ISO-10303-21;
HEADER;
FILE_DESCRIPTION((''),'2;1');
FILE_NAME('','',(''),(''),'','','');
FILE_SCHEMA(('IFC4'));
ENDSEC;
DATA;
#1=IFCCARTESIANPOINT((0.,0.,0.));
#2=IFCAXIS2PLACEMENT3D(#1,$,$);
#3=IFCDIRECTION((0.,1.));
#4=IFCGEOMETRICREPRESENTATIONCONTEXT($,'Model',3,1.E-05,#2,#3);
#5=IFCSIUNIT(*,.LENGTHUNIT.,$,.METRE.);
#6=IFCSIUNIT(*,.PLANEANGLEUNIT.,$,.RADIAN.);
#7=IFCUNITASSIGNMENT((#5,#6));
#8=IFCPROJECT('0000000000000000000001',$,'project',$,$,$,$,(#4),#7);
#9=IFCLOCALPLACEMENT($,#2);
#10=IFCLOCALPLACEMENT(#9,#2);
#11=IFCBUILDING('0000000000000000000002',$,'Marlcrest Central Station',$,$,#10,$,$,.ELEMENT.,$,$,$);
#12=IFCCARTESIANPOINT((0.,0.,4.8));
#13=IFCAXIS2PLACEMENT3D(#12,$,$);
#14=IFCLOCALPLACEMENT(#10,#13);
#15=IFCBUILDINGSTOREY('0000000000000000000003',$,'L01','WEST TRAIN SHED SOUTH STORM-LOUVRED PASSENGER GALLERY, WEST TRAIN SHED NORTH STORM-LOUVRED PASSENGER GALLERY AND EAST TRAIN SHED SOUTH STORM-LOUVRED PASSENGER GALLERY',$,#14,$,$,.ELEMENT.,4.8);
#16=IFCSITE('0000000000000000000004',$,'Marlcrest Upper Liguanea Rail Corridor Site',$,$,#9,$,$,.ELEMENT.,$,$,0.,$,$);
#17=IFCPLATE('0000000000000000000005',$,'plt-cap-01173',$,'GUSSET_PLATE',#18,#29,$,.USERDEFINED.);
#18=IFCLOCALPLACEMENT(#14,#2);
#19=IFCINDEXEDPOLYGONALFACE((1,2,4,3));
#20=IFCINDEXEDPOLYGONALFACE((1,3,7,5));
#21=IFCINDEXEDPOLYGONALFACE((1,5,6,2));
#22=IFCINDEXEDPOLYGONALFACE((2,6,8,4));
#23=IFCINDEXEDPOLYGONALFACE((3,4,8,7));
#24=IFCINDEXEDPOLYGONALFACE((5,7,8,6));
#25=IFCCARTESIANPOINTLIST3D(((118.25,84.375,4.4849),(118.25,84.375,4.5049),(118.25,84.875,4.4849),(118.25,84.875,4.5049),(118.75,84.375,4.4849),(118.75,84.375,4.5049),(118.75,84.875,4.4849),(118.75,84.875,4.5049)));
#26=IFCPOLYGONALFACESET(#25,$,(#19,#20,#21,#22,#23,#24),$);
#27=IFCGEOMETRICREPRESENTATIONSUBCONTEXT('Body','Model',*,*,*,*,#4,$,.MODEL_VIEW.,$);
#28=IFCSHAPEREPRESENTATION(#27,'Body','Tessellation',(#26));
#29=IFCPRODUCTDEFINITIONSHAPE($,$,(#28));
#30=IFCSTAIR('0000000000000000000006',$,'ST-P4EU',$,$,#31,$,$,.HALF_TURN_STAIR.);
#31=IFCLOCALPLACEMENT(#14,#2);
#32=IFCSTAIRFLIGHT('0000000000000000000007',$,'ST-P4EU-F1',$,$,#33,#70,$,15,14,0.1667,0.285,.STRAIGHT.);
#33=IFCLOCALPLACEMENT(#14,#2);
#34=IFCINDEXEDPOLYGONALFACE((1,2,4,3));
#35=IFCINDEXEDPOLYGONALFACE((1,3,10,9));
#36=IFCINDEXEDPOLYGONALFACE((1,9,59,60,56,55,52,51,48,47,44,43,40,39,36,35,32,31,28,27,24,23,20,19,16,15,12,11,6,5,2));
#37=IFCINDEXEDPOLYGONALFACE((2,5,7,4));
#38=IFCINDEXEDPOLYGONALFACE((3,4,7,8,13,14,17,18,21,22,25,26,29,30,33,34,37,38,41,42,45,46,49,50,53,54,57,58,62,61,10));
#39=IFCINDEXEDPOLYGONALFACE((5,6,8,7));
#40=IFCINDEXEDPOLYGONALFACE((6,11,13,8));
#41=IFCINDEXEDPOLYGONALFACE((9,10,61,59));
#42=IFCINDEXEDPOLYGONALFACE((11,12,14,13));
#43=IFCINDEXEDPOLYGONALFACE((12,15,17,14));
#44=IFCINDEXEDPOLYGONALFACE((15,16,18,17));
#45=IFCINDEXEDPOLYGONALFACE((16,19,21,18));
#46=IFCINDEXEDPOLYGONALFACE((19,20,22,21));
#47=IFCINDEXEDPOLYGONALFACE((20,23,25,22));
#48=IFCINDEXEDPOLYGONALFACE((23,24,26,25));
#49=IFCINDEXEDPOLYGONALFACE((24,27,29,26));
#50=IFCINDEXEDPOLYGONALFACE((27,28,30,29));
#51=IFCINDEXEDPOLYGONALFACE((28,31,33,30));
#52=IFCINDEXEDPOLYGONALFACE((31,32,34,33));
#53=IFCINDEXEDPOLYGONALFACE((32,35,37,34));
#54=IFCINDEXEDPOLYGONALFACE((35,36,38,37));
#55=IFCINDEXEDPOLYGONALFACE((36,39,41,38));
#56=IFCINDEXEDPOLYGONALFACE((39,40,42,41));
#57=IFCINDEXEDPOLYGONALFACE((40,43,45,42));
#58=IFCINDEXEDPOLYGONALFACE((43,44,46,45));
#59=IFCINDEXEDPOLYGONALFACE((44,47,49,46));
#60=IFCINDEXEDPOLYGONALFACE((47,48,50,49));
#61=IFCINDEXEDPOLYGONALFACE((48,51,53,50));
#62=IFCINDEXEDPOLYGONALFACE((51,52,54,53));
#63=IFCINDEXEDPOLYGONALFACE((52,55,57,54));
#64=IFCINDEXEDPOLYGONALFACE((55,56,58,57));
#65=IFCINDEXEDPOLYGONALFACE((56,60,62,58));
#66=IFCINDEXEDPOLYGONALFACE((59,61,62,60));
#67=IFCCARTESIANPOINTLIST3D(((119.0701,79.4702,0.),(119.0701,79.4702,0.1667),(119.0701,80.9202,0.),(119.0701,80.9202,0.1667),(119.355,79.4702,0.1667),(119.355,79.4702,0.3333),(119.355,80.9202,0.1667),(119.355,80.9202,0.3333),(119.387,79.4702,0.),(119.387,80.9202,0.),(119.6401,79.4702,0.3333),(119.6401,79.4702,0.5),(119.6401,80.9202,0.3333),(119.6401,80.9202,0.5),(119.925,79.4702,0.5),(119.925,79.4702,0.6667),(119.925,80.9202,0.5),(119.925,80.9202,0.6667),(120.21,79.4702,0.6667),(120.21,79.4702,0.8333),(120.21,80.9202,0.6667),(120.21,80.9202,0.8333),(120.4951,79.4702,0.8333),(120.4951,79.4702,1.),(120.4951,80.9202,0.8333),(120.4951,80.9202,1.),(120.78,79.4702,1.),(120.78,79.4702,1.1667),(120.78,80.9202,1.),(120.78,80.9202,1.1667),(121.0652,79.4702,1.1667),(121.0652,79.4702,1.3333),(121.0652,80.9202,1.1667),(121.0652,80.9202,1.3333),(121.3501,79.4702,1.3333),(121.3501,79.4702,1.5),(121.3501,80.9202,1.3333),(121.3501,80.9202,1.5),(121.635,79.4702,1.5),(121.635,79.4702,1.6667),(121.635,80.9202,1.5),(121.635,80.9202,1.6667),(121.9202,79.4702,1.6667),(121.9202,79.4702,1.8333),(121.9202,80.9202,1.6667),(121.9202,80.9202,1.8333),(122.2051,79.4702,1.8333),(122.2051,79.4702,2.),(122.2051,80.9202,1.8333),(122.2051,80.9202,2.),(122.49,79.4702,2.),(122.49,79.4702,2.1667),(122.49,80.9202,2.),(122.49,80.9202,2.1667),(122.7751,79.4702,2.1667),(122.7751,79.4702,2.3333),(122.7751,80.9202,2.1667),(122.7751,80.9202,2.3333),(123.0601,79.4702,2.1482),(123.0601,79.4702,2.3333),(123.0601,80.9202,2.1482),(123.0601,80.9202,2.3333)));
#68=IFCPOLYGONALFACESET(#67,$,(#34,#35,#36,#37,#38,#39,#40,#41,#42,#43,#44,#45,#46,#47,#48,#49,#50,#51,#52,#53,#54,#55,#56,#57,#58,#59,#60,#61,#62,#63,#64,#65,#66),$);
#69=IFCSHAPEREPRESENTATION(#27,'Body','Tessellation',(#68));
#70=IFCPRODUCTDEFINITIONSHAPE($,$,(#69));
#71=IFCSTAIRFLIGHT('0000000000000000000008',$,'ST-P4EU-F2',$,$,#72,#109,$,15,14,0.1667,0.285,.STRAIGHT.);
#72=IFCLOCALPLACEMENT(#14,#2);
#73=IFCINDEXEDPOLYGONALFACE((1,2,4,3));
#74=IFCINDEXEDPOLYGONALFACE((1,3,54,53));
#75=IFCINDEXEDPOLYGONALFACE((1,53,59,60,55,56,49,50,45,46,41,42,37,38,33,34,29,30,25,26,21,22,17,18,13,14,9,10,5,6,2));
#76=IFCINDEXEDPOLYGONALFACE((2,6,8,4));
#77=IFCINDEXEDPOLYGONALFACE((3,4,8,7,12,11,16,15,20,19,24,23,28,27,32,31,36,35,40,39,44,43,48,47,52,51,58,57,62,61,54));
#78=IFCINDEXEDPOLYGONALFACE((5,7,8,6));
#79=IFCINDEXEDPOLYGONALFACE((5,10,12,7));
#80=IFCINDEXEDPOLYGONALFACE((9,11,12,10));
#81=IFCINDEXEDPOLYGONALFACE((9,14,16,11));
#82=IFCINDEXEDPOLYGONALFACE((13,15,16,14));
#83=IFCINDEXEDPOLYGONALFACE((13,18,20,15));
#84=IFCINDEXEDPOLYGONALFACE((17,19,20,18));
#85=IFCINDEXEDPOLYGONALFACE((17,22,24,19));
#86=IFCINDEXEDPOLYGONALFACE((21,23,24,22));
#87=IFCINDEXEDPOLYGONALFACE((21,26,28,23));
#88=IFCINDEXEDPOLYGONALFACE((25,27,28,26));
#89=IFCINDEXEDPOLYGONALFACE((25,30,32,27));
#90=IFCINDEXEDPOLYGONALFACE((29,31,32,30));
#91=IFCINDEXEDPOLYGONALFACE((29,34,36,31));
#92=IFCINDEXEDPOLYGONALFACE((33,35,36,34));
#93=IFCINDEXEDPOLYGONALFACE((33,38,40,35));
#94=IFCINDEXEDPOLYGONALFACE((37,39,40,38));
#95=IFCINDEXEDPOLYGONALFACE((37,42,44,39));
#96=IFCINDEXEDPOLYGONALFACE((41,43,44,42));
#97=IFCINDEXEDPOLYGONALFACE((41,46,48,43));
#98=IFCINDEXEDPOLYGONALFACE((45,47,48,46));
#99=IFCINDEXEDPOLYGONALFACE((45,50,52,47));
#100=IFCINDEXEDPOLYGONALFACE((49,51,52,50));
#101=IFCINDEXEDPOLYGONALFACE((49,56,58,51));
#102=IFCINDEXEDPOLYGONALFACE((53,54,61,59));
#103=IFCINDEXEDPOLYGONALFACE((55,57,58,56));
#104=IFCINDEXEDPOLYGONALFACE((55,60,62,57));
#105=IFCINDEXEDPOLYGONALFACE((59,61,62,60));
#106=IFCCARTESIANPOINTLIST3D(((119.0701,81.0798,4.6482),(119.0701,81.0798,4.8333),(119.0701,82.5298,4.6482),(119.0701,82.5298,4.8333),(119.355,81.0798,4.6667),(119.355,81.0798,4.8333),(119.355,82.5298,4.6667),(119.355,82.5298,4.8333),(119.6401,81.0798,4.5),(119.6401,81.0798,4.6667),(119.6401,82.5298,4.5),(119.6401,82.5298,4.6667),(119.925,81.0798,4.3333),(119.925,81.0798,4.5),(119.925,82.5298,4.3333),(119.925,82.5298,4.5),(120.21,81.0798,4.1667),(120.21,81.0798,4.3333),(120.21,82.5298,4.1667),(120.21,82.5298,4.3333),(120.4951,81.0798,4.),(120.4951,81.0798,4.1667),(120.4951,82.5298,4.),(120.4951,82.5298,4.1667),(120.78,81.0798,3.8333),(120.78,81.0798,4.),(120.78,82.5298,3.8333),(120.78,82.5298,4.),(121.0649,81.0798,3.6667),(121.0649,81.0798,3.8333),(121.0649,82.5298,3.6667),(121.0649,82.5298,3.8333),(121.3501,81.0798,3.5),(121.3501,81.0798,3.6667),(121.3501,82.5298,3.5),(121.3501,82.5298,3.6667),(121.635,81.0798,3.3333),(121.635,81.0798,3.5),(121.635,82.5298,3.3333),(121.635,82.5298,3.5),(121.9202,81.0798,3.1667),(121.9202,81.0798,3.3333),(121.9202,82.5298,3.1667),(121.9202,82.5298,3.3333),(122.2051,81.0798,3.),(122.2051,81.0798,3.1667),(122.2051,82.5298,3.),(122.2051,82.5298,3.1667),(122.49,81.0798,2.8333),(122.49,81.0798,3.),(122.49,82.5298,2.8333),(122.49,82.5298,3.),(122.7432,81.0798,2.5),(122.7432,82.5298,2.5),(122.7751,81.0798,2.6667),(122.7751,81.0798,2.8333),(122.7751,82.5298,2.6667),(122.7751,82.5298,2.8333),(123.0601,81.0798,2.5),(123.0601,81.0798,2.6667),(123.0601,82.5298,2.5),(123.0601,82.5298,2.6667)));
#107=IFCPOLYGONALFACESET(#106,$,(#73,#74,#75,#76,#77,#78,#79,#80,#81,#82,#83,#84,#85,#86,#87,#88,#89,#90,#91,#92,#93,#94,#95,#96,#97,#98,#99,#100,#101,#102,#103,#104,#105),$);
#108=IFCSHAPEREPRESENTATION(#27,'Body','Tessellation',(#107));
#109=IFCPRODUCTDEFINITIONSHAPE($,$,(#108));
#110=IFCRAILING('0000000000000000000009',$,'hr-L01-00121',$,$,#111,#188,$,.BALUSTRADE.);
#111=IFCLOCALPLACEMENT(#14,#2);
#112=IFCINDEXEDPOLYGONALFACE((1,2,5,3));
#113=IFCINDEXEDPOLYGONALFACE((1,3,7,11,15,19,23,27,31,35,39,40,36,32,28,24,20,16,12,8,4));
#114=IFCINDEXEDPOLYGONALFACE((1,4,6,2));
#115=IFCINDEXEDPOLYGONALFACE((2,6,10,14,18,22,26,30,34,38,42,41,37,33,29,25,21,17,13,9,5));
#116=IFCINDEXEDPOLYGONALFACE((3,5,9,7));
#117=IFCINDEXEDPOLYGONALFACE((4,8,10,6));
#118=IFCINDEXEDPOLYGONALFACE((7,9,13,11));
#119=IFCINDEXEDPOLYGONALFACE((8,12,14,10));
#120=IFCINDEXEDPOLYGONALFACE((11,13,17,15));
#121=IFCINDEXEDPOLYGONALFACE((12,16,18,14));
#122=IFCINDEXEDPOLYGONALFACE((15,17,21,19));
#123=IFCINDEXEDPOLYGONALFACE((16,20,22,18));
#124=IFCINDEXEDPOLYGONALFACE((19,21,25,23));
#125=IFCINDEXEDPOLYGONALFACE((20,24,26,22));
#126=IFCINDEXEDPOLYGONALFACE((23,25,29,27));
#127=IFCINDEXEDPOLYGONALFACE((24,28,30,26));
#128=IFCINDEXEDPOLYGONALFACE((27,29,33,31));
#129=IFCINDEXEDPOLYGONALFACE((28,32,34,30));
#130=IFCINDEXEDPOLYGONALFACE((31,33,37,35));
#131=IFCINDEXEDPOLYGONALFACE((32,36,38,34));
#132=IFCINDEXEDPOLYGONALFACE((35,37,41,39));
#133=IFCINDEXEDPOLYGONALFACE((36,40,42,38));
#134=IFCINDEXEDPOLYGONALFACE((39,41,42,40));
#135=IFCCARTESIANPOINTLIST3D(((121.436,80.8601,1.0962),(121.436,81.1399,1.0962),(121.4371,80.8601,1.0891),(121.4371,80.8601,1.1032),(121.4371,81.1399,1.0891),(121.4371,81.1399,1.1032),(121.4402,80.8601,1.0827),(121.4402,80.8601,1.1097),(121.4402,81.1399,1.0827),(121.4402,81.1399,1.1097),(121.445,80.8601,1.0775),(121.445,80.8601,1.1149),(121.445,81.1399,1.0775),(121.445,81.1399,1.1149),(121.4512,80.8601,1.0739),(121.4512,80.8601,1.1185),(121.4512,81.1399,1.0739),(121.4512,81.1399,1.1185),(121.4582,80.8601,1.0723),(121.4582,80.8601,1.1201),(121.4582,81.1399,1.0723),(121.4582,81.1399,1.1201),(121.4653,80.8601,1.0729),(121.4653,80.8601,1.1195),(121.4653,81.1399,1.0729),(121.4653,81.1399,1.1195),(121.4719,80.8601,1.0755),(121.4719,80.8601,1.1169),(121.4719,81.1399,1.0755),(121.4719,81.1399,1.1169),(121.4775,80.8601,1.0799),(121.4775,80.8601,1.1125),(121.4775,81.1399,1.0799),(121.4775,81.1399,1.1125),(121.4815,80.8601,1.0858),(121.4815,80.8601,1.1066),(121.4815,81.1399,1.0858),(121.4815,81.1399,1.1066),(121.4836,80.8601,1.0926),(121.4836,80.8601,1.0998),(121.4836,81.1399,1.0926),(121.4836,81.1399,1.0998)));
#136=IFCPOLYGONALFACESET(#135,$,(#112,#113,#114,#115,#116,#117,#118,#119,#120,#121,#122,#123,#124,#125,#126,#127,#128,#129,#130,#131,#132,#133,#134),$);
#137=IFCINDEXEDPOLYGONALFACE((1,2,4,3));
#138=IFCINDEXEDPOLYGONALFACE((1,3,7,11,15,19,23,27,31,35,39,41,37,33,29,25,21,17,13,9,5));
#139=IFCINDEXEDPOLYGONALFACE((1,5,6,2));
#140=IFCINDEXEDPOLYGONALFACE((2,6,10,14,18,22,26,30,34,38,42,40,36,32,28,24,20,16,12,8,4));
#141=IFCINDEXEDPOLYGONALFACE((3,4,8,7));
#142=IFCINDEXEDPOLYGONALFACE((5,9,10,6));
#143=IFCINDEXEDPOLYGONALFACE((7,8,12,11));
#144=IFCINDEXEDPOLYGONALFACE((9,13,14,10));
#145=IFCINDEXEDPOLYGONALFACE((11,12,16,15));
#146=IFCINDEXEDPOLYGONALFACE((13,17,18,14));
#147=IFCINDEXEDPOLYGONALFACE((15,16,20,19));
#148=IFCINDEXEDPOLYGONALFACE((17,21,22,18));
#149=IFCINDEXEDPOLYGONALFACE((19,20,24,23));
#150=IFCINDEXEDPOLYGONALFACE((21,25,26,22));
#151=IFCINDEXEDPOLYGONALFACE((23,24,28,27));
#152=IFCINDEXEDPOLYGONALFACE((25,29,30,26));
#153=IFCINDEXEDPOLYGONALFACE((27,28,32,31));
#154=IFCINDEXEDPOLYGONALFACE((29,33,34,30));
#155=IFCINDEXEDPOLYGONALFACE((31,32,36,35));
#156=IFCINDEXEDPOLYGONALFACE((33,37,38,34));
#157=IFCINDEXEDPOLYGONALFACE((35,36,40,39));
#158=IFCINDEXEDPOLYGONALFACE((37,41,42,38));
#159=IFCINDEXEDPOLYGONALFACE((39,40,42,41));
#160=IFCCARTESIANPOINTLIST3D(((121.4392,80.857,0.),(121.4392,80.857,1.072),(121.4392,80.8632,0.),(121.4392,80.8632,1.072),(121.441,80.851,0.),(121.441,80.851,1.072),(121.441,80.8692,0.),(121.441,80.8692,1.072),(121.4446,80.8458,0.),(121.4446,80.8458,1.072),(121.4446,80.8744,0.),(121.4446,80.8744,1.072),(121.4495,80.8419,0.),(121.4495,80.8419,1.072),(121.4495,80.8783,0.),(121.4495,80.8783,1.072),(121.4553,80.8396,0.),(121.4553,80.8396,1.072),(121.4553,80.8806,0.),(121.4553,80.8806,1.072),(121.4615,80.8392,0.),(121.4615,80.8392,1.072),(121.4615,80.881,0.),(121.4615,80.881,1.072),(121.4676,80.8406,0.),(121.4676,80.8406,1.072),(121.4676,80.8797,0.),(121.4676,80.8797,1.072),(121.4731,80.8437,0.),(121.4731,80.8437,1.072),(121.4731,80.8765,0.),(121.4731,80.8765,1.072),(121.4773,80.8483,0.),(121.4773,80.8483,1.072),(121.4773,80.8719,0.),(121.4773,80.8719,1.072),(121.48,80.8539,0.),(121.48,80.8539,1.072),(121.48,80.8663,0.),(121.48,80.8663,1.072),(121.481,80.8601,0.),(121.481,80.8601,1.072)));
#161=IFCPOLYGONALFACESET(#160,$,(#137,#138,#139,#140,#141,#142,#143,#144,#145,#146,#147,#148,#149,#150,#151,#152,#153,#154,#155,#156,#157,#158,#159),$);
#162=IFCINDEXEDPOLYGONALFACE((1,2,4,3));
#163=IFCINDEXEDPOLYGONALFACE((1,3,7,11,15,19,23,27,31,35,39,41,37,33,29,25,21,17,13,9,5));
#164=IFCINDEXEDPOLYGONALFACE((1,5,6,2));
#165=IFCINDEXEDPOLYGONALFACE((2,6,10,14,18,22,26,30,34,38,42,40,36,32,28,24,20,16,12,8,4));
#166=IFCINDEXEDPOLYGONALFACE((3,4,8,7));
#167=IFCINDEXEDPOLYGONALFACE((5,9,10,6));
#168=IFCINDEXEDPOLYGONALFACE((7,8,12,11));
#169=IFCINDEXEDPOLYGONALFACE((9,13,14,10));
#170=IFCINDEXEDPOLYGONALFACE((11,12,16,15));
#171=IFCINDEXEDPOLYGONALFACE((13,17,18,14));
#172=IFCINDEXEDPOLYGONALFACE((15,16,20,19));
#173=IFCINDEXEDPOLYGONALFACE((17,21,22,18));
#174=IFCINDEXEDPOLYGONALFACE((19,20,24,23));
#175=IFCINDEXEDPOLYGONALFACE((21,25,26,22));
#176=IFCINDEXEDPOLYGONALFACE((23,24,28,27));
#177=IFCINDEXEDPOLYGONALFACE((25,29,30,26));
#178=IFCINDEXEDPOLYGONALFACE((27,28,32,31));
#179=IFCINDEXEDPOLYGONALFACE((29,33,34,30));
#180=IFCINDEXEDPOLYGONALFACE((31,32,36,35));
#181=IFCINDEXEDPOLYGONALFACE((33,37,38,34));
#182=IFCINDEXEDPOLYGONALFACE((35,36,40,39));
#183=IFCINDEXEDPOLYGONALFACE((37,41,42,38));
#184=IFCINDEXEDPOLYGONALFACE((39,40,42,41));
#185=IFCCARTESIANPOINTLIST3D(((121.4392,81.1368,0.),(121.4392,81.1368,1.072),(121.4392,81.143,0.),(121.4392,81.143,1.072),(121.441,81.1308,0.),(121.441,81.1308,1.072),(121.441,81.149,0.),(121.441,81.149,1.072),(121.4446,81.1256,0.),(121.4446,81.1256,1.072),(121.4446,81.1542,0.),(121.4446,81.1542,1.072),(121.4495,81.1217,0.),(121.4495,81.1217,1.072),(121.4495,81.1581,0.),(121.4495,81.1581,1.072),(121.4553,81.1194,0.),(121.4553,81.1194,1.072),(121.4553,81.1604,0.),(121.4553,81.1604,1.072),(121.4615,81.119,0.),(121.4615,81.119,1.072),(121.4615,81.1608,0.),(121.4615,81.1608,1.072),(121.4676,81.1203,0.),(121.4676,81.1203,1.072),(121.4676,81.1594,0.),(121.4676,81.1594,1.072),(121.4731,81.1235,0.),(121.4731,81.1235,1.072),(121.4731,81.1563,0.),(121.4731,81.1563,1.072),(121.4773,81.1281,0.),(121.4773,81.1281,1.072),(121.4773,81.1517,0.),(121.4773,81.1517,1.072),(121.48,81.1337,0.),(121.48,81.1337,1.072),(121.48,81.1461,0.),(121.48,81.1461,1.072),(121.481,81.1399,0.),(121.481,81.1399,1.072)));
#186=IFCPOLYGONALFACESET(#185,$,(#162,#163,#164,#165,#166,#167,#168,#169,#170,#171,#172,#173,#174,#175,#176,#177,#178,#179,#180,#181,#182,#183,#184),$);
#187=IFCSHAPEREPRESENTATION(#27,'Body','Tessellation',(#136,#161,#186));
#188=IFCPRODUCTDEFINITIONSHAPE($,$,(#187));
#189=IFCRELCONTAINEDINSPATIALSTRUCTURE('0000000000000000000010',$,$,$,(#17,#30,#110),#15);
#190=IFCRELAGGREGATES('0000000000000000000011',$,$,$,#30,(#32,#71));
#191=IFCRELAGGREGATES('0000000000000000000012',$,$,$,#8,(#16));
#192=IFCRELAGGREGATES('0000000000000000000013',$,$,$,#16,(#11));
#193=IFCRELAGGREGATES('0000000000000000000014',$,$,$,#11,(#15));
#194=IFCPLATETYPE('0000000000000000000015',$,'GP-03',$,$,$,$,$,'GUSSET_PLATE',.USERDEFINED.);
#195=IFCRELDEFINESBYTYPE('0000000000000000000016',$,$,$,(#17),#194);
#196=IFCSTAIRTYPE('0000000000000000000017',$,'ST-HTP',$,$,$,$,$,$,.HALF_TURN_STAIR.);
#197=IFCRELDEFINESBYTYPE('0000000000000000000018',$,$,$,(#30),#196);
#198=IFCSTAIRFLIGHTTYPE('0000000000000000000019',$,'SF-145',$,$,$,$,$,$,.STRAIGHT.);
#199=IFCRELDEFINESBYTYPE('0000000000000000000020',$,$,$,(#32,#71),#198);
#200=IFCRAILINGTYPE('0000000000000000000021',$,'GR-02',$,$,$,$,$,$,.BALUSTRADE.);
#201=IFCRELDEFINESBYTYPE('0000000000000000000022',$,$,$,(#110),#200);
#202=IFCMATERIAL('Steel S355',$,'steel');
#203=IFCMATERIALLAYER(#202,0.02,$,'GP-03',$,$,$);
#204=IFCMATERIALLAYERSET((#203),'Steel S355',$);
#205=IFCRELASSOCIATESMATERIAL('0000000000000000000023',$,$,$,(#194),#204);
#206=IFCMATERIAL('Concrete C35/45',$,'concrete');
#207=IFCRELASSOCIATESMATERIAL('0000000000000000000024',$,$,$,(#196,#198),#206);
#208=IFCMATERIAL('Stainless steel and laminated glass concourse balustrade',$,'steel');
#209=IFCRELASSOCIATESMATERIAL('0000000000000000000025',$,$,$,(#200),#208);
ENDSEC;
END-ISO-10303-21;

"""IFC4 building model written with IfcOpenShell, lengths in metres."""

from ifc_helpers import new_model, si_unit, direction, frame, origin, origin_2d, place, context, subcontext, project, spatial, polyline, rectangle, circle, outline, extrude, material, layer, layer_set, type_object, element, aggregate, save


model = new_model("IFC4")

# Units and contexts
model_context = context("Model", 3, precision=1e-05, world=origin(), true_north=direction((0.0, 1.0)))
body_context = subcontext(model_context, "Body", "Model", "MODEL_VIEW")
ifc_project = project(units=[si_unit("LENGTHUNIT", "METRE"), si_unit("PLANEANGLEUNIT", "RADIAN")], contexts=[model_context])

# Site, building, storey
site_placement = place(None, origin())
site = spatial("IfcSite", under=ifc_project, at=site_placement, Name="Marlcrest Upper Liguanea Rail Corridor Site", CompositionType="ELEMENT", RefElevation=0.0)
building_placement = place(site_placement, origin())
building = spatial("IfcBuilding", under=site, at=building_placement, Name="Marlcrest Central Station", CompositionType="ELEMENT")
storey_placement = place(building_placement, frame((0.0, 0.0, 4.8)))
storey = spatial("IfcBuildingStorey", under=building, at=storey_placement, Name="L01", Description="WEST TRAIN SHED SOUTH STORM-LOUVRED PASSENGER GALLERY, WEST TRAIN SHED NORTH STORM-LOUVRED PASSENGER GALLERY AND EAST TRAIN SHED SOUTH STORM-LOUVRED PASSENGER GALLERY", CompositionType="ELEMENT", Elevation=4.8)

# Shared definitions
ifc_material_1 = material(Name="Steel S355", Category="steel")

# Plate
ifc_layer_1 = layer(ifc_material_1, 0.02, Name="GP-03")
ifc_layer_set_1 = layer_set([ifc_layer_1], Name="Steel S355")
plate_type_1 = type_object("IfcPlateType", Name="GP-03", ElementType="GUSSET_PLATE", PredefinedType="USERDEFINED", material=ifc_layer_set_1)
plate_placement = place(storey_placement, frame((118.5, 84.625, 4.4849), z_axis=(0.0, 0.0, 1.0), x_axis=(1.0, 0.0, 0.0)))
element("IfcPlate", 1, at=plate_placement, inside=storey, type_object=plate_type_1, Name="plt-cap-01173", ObjectType="GUSSET_PLATE", PredefinedType="USERDEFINED", context=body_context, shape_type="SweptSolid", body=[
    extrude(rectangle(XDim=0.5, YDim=0.5, at=origin_2d()), origin(), (0.0, 0.0, 1.0), 0.02),
])

# Stair, stair flights
ifc_material_2 = material(Name="Concrete C35/45", Category="concrete")
stair_type = type_object("IfcStairType", Name="ST-HTP", PredefinedType="HALF_TURN_STAIR", material=ifc_material_2)
stair_placement = place(storey_placement, origin())
stair = element("IfcStair", 2, at=stair_placement, inside=storey, type_object=stair_type, Name="ST-P4EU", PredefinedType="HALF_TURN_STAIR")
stair_flight_type = type_object("IfcStairFlightType", Name="SF-145", PredefinedType="STRAIGHT", material=ifc_material_2)
stair_flight_1_placement = place(storey_placement, frame((119.0701, 80.1951, 0.0), z_axis=(0.0, 0.0, 1.0), x_axis=(1.0, 0.0, 0.0)))
stair_flight_1 = element("IfcStairFlight", 3, at=stair_flight_1_placement, type_object=stair_flight_type, Name="ST-P4EU-F1", NumberOfRisers=15, NumberOfTreads=14, PredefinedType="STRAIGHT", RiserHeight=0.1667, TreadLength=0.285, context=body_context, shape_type="SweptSolid", body=[
    extrude(outline(polyline([(0.0, 0.0), (0.0, 0.1667), (0.2849, 0.1667), (0.2849, 0.3333), (0.5701, 0.3333), (0.5701, 0.5), (0.855, 0.5), (0.855, 0.6667), (1.1399, 0.6667), (1.1399, 0.8333), (1.425, 0.8333), (1.425, 1.0), (1.71, 1.0), (1.71, 1.1667), (1.9951, 1.1667), (1.9951, 1.3333), (2.28, 1.3333), (2.28, 1.5), (2.5649, 1.5), (2.5649, 1.6667), (2.8501, 1.6667), (2.8501, 1.8333), (3.135, 1.8333), (3.135, 2.0), (3.4199, 2.0), (3.4199, 2.1667), (3.7051, 2.1667), (3.7051, 2.3333), (3.99, 2.3333), (3.99, 2.5), (3.99, 2.1482), (0.3169, 0.0), (0.0, 0.0)])), frame((0.0, 0.7251, 0.0), z_axis=(0.0, -1.0, 0.0), x_axis=(1.0, 0.0, 0.0)), (0.0, 0.0, 1.0), 1.45),
])
stair_flight_2_placement = place(storey_placement, frame((123.0601, 81.8049, 2.5), z_axis=(0.0, 0.0, 1.0), x_axis=(-1.0, 0.0, 0.0)))
stair_flight_2 = element("IfcStairFlight", 4, at=stair_flight_2_placement, type_object=stair_flight_type, Name="ST-P4EU-F2", NumberOfRisers=15, NumberOfTreads=14, PredefinedType="STRAIGHT", RiserHeight=0.1667, TreadLength=0.285, context=body_context, shape_type="SweptSolid", body=[
    extrude(outline(polyline([(0.0, 0.0), (0.0, 0.1667), (0.2849, 0.1667), (0.2849, 0.3333), (0.5701, 0.3333), (0.5701, 0.5), (0.855, 0.5), (0.855, 0.6667), (1.1399, 0.6667), (1.1399, 0.8333), (1.425, 0.8333), (1.425, 1.0), (1.71, 1.0), (1.71, 1.1667), (1.9951, 1.1667), (1.9951, 1.3333), (2.28, 1.3333), (2.28, 1.5), (2.5649, 1.5), (2.5649, 1.6667), (2.8501, 1.6667), (2.8501, 1.8333), (3.135, 1.8333), (3.135, 2.0), (3.4199, 2.0), (3.4199, 2.1667), (3.7051, 2.1667), (3.7051, 2.3333), (3.99, 2.3333), (3.99, 2.5), (3.99, 2.1482), (0.3169, 0.0), (0.0, 0.0)])), frame((0.0, 0.7251, 0.0), z_axis=(0.0, -1.0, 0.0), x_axis=(1.0, 0.0, 0.0)), (0.0, 0.0, 1.0), 1.45),
])
aggregate(stair, [stair_flight_1, stair_flight_2])

# Railing
ifc_material_3 = material(Name="Stainless steel and laminated glass concourse balustrade", Category="steel")
railing_type_1 = type_object("IfcRailingType", Name="GR-02", PredefinedType="BALUSTRADE", material=ifc_material_3)
railing_1_placement = place(storey_placement, frame((121.46, 80.8601, 0.0)))
element("IfcRailing", 5, at=railing_1_placement, inside=storey, type_object=railing_type_1, Name="hr-L01-00121", PredefinedType="BALUSTRADE", context=body_context, shape_type="SweptSolid", body=[
    extrude(circle(Radius=0.0239, at=origin_2d()), frame((0.0, 0.0, 1.0962), z_axis=(0.0, 1.0, 0.0), x_axis=(-1.0, 0.0, 0.0)), (0.0, 0.0, 1.0), 0.2798),
    extrude(circle(Radius=0.021, at=origin_2d()), origin(), (0.0, 0.0, 1.0), 1.072),
    extrude(circle(Radius=0.021, at=origin_2d()), frame((0.0, 0.2798, 0.0)), (0.0, 0.0, 1.0), 1.072),
])

save(model, "model.ifc")
